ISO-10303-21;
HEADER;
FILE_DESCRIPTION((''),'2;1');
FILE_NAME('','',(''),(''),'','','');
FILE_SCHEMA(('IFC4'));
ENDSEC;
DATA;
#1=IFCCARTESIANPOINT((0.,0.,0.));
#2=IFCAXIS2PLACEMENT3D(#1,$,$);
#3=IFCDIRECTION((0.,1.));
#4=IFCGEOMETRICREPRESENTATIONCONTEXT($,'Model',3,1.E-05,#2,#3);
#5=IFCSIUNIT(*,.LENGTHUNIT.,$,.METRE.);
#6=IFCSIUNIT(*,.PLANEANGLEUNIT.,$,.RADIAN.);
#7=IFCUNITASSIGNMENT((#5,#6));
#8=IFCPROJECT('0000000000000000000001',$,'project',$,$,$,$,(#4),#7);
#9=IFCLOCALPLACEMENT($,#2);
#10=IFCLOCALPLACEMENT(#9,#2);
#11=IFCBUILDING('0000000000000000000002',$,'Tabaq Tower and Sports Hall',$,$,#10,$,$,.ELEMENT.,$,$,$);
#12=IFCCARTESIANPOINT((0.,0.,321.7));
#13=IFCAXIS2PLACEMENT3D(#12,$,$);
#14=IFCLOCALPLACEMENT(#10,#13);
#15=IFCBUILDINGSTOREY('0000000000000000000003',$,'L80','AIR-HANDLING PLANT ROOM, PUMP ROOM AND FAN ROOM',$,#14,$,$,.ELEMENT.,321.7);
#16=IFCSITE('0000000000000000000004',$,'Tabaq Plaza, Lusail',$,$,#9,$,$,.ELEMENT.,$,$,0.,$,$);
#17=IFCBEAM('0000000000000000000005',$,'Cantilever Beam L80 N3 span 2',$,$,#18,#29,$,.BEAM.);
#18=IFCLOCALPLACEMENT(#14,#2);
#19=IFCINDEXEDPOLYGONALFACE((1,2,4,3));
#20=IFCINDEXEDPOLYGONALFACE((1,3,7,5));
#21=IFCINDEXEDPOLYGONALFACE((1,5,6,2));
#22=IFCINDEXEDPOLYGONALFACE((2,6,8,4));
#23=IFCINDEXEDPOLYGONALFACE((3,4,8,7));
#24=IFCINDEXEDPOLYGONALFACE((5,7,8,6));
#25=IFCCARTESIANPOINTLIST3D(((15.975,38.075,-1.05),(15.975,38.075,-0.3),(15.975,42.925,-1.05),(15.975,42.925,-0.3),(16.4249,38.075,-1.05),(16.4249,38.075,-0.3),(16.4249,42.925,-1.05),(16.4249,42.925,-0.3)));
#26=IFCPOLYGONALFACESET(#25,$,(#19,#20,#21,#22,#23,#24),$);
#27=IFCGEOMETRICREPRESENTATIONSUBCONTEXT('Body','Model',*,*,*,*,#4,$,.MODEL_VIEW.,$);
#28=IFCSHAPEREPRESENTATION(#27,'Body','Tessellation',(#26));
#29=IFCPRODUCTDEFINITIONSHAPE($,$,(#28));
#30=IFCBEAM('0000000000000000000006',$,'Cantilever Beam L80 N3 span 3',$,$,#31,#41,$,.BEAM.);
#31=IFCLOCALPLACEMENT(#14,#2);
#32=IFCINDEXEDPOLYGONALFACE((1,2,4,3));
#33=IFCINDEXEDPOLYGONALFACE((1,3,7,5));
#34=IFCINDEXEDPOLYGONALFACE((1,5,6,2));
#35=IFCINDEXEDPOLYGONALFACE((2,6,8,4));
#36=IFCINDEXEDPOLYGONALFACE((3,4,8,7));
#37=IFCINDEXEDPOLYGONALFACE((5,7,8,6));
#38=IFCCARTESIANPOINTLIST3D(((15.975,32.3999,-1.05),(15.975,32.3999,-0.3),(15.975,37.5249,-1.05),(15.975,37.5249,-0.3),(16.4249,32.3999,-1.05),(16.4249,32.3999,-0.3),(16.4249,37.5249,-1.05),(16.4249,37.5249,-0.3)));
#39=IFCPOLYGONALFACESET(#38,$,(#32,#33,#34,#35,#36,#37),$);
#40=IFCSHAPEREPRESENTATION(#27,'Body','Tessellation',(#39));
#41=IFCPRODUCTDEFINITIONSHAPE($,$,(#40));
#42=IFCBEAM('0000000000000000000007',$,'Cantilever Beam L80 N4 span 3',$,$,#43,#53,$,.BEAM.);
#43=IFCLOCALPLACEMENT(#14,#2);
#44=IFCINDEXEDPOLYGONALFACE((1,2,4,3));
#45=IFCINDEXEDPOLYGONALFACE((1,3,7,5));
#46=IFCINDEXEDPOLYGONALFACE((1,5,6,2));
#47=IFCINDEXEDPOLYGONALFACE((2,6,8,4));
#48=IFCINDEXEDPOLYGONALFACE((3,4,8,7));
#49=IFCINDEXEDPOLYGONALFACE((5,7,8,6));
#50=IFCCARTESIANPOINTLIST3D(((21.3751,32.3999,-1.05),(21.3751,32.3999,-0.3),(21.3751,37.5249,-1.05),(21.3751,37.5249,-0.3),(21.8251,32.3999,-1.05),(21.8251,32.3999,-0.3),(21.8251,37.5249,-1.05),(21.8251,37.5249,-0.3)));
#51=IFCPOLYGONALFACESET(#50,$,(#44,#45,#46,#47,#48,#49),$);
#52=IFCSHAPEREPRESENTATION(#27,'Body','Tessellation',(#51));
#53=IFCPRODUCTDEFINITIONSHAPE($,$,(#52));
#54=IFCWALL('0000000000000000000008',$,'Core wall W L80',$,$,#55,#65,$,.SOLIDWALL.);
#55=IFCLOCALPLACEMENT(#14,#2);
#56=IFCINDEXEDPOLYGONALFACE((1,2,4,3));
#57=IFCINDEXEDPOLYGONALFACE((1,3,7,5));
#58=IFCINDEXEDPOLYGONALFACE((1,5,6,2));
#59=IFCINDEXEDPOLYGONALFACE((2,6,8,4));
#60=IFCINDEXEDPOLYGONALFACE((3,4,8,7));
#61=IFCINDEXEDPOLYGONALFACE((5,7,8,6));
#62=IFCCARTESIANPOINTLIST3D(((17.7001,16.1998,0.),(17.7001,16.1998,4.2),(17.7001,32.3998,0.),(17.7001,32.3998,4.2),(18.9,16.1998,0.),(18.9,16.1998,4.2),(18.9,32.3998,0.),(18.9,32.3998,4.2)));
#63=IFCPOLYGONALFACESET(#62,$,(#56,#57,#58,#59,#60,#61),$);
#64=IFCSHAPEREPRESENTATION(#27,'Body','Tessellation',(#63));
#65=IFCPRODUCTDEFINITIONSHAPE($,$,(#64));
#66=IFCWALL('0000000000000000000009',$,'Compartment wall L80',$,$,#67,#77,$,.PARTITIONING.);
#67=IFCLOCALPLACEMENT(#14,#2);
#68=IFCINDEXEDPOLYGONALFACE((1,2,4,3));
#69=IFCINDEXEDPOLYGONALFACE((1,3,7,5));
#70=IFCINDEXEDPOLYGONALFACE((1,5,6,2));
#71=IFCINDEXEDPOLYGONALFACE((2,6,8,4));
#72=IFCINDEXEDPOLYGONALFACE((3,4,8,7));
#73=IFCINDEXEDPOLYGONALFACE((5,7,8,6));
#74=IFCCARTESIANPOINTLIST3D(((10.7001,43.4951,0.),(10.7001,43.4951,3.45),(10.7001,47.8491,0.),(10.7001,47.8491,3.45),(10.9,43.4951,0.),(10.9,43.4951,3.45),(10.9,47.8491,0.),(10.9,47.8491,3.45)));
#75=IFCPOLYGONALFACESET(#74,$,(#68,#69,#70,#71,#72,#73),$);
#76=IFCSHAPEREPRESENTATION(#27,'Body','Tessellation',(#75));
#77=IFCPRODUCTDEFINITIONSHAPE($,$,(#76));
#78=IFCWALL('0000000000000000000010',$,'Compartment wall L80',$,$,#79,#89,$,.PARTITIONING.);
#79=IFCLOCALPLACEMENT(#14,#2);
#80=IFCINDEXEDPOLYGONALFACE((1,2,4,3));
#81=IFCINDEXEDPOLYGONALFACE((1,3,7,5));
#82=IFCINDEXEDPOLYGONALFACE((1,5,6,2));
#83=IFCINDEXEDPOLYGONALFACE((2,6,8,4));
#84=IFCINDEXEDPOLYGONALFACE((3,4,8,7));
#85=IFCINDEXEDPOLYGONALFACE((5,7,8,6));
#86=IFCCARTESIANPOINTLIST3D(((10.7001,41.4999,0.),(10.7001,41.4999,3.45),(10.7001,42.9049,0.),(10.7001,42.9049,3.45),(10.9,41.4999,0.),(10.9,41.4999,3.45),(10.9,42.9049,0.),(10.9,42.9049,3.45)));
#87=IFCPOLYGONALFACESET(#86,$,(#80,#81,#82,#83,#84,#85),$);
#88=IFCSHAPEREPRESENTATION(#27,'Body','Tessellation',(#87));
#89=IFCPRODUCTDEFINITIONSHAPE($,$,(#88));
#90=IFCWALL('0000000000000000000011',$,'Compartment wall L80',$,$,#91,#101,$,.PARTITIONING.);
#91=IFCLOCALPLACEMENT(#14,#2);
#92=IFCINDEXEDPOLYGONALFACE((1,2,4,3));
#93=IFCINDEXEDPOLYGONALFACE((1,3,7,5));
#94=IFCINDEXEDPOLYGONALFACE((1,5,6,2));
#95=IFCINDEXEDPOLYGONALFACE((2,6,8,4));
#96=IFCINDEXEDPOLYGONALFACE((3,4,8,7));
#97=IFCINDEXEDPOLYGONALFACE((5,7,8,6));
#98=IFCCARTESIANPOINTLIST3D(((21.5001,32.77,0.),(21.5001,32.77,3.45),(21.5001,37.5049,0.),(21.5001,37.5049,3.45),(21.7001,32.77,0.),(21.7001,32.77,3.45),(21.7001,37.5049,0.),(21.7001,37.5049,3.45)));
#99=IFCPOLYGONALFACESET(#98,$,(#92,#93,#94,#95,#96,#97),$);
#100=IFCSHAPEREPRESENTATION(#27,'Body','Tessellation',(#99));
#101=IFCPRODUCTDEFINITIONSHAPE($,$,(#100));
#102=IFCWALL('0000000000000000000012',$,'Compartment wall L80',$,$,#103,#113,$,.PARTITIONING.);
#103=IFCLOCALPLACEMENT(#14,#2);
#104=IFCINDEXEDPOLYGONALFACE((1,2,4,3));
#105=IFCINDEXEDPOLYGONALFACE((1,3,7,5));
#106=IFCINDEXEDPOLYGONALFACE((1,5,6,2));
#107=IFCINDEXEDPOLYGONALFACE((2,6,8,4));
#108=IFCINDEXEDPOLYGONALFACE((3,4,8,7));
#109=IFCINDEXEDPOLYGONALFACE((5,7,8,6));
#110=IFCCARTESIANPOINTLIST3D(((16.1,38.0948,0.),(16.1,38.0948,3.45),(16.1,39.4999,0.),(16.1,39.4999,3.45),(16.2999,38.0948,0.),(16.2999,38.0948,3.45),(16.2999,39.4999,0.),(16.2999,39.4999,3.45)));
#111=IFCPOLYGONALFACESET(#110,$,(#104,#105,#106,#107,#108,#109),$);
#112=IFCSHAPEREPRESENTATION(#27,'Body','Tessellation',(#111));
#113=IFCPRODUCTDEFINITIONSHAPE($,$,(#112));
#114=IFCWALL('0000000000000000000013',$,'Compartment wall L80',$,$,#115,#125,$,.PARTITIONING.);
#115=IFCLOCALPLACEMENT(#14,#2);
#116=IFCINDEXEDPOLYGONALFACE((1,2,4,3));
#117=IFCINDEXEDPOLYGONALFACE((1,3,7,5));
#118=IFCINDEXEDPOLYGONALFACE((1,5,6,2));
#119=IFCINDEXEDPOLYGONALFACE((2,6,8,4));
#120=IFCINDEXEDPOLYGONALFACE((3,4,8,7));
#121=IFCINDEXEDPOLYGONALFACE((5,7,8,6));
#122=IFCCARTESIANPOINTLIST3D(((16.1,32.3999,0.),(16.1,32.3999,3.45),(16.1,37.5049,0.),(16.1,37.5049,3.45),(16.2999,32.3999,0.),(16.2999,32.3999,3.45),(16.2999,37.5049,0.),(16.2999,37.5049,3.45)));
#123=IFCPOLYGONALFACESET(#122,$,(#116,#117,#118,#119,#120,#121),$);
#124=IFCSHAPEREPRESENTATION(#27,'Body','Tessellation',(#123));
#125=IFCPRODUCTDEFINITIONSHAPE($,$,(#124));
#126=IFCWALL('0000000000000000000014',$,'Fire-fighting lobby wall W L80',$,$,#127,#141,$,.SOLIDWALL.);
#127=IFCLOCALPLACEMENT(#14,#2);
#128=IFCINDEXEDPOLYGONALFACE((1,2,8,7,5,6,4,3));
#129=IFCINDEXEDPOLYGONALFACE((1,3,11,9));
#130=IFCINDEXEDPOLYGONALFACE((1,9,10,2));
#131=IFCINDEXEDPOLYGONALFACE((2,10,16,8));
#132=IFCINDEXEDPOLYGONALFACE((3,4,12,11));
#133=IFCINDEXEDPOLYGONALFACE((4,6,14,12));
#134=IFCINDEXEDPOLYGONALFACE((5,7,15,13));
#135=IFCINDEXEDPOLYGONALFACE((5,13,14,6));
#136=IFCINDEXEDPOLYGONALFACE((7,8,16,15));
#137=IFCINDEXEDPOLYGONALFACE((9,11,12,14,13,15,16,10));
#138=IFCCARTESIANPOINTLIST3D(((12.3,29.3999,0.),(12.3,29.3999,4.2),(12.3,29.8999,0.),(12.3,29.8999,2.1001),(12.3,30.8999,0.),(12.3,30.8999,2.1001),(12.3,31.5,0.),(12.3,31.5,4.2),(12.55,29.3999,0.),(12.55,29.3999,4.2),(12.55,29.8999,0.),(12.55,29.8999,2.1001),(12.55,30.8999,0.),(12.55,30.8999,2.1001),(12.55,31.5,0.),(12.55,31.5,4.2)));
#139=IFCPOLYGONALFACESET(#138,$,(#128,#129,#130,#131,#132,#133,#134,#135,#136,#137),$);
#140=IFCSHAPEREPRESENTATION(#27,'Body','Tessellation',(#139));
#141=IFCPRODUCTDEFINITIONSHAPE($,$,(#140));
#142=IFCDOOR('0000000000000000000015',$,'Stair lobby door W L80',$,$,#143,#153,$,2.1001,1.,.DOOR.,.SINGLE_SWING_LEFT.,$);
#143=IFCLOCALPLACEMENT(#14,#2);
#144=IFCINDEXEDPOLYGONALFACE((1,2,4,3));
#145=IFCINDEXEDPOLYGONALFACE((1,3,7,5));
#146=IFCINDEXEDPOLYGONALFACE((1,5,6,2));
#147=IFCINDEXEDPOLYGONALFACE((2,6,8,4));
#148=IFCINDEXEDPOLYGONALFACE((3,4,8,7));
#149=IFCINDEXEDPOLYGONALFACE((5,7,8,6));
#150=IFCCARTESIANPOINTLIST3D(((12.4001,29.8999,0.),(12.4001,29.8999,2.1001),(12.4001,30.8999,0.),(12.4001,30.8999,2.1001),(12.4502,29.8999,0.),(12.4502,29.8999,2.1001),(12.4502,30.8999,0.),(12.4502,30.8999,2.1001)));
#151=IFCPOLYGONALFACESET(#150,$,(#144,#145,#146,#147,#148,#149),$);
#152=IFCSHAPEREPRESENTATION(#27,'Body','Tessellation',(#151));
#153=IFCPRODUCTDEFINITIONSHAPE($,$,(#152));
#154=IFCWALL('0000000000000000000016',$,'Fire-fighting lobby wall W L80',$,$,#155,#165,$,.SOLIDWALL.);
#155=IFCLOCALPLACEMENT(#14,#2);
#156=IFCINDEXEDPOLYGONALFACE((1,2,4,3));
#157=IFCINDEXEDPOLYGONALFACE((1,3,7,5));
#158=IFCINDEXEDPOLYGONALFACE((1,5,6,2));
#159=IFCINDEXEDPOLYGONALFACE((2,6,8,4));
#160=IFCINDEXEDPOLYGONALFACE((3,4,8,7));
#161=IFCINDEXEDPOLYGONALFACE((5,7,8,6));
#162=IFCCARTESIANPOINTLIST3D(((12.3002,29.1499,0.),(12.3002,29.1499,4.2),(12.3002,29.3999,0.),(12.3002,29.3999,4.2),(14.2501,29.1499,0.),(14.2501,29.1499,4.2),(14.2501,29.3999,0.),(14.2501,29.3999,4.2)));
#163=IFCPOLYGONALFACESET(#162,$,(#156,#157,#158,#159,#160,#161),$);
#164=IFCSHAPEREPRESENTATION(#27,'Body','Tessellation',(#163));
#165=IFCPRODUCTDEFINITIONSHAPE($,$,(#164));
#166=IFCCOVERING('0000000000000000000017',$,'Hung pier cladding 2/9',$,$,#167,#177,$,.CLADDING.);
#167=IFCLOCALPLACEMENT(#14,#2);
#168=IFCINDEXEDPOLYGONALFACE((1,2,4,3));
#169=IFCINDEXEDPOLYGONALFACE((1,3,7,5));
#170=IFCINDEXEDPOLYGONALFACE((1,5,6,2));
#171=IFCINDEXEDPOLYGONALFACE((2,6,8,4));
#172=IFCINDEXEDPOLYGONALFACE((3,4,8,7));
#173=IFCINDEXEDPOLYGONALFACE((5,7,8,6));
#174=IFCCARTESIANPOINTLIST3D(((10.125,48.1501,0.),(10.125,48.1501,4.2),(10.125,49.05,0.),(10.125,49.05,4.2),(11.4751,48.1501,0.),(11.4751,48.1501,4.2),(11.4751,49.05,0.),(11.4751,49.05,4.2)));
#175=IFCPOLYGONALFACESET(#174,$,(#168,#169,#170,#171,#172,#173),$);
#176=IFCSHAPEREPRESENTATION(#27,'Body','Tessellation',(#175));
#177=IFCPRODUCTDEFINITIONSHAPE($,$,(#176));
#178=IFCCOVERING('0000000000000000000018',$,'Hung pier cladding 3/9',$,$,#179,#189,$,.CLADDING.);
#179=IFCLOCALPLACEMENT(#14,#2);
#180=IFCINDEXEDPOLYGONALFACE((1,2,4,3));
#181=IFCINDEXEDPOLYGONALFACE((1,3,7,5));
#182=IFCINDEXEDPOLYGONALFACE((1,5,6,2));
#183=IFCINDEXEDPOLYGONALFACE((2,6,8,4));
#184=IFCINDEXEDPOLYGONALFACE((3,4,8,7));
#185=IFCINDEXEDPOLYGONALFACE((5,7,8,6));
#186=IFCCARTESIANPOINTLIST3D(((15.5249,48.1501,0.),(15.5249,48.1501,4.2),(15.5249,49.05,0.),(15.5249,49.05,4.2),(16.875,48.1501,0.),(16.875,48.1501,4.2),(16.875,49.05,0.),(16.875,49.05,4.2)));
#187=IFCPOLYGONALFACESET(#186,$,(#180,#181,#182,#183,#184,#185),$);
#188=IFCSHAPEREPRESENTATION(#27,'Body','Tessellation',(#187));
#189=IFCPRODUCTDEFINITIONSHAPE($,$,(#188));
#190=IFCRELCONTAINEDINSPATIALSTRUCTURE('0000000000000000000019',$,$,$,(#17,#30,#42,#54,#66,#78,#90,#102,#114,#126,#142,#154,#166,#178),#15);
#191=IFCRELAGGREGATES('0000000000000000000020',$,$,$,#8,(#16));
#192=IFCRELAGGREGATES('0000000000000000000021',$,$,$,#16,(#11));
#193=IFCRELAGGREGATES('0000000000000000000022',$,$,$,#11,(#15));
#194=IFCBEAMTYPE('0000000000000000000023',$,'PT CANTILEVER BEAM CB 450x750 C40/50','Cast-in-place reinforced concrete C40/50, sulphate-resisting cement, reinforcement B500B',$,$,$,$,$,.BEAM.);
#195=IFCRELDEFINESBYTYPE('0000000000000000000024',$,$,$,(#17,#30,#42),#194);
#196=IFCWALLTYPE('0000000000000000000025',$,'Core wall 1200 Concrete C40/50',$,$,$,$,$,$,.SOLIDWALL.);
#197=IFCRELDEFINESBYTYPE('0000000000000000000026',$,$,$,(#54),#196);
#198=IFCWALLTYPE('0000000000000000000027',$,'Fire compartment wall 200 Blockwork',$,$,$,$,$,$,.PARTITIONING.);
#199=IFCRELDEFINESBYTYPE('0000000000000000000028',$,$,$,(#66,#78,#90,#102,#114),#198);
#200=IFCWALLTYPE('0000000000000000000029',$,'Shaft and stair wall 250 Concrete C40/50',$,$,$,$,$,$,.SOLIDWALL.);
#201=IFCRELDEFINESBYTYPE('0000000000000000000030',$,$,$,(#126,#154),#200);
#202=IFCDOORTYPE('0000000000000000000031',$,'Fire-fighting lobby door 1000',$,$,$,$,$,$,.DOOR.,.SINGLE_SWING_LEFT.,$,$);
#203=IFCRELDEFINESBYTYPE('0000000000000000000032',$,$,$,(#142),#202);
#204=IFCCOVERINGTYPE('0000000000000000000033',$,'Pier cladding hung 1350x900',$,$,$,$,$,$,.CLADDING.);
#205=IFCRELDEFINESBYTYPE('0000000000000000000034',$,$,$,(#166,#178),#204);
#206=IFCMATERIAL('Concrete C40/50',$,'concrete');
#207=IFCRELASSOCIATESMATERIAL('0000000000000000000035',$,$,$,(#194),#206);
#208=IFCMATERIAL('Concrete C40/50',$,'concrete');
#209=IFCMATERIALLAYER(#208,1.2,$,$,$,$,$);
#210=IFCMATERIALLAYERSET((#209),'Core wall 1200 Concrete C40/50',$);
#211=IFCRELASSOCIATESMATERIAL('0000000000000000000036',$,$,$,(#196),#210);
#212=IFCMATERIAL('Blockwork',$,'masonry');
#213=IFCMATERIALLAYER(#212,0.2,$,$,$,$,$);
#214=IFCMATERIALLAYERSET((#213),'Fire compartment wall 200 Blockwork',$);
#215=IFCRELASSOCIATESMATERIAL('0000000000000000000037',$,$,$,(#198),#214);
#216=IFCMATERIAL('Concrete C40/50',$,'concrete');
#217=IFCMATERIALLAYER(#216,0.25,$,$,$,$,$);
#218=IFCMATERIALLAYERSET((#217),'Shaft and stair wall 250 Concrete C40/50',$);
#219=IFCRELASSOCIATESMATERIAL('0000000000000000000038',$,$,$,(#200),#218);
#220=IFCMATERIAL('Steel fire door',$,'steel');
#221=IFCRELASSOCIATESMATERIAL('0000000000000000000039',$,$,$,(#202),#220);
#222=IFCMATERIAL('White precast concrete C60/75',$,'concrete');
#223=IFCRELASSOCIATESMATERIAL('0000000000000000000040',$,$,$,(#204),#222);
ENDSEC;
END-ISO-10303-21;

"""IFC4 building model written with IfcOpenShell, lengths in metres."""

from ifc_helpers import new_model, si_unit, direction, frame, frame_2d, origin, origin_2d, place, context, subcontext, project, spatial, rectangle, extrude, material, layer, layer_set, material_profile, profile_set, type_object, element, fill, save


model = new_model("IFC4")

# Units and contexts
model_context = context("Model", 3, precision=1e-05, world=origin(), true_north=direction((0.0, 1.0)))
body_context = subcontext(model_context, "Body", "Model", "MODEL_VIEW")
ifc_project = project(units=[si_unit("LENGTHUNIT", "METRE"), si_unit("PLANEANGLEUNIT", "RADIAN")], contexts=[model_context])

# Site, building, storey
site_placement = place(None, origin())
site = spatial("IfcSite", under=ifc_project, at=site_placement, Name="Tabaq Plaza, Lusail", CompositionType="ELEMENT", RefElevation=0.0)
building_placement = place(site_placement, origin())
building = spatial("IfcBuilding", under=site, at=building_placement, Name="Tabaq Tower and Sports Hall", CompositionType="ELEMENT")
storey_placement = place(building_placement, frame((0.0, 0.0, 321.7)))
storey = spatial("IfcBuildingStorey", under=building, at=storey_placement, Name="L80", Description="AIR-HANDLING PLANT ROOM, PUMP ROOM AND FAN ROOM", CompositionType="ELEMENT", Elevation=321.7)

# Beams
ifc_material_1 = material(Name="Concrete C40/50", Category="concrete")
ifc_material_profile_1 = material_profile(ifc_material_1, rectangle(XDim=0.45, YDim=0.75, at=origin_2d()), Name="CB 450x750")
ifc_profile_set_1 = profile_set([ifc_material_profile_1], Name="Concrete C40/50")
beam_type = type_object("IfcBeamType", Name="PT CANTILEVER BEAM CB 450x750 C40/50", Description="Cast-in-place reinforced concrete C40/50, sulphate-resisting cement, reinforcement B500B", PredefinedType="BEAM", material=ifc_profile_set_1)
beam_1_placement = place(storey_placement, frame((16.2, 42.925, -0.675), z_axis=(0.0, -1.0, 0.0), x_axis=(1.0, 0.0, 0.0)))
element("IfcBeam", 1, at=beam_1_placement, inside=storey, type_object=beam_type, Name="Cantilever Beam L80 N3 span 2", PredefinedType="BEAM", context=body_context, shape_type="SweptSolid", body=[
    extrude(rectangle(XDim=0.45, YDim=0.75, at=origin_2d()), origin(), (0.0, 0.0, 1.0), 4.8501),
])
for number, where, z_axis, x_axis, name in (
    (2, (16.2, 37.5249, -0.675), (0.0, -1.0, 0.0), (1.0, 0.0, 0.0), "Cantilever Beam L80 N3 span 3"),
    (3, (21.6001, 37.5249, -0.675), (0.0, -1.0, 0.0), (1.0, 0.0, 0.0), "Cantilever Beam L80 N4 span 3"),
):
    element("IfcBeam", number, at=place(storey_placement, frame(where, z_axis=z_axis, x_axis=x_axis)), inside=storey, type_object=beam_type, Name=name, PredefinedType="BEAM", context=body_context, shape_type="SweptSolid", body=[
        extrude(rectangle(XDim=0.45, YDim=0.75, at=origin_2d()), origin(), (0.0, 0.0, 1.0), 5.125),
    ])

# Walls
ifc_material_2 = material(Name="Concrete C40/50", Category="concrete")
ifc_layer_1 = layer(ifc_material_2, 1.2)
ifc_layer_set_1 = layer_set([ifc_layer_1], Name="Core wall 1200 Concrete C40/50")
wall_type_1 = type_object("IfcWallType", Name="Core wall 1200 Concrete C40/50", PredefinedType="SOLIDWALL", material=ifc_layer_set_1)
wall_1_placement = place(storey_placement, frame((18.3, 32.3999, 0.0), z_axis=(0.0, 0.0, 1.0), x_axis=(0.0, -1.0, 0.0)))
element("IfcWall", 4, at=wall_1_placement, inside=storey, type_object=wall_type_1, Name="Core wall W L80", PredefinedType="SOLIDWALL", context=body_context, shape_type="SweptSolid", body=[
    extrude(rectangle(XDim=16.2, YDim=1.2, at=frame_2d((8.1001, 0.0))), origin(), (0.0, 0.0, 1.0), 4.2),
])
ifc_material_3 = material(Name="Blockwork", Category="masonry")
ifc_layer_2 = layer(ifc_material_3, 0.2)
ifc_layer_set_2 = layer_set([ifc_layer_2], Name="Fire compartment wall 200 Blockwork")
wall_type_2 = type_object("IfcWallType", Name="Fire compartment wall 200 Blockwork", PredefinedType="PARTITIONING", material=ifc_layer_set_2)
wall_2_placement = place(storey_placement, frame((10.8, 47.8491, 0.0), z_axis=(0.0, 0.0, 1.0), x_axis=(0.0, -1.0, 0.0)))
element("IfcWall", 5, at=wall_2_placement, inside=storey, type_object=wall_type_2, Name="Compartment wall L80", PredefinedType="PARTITIONING", context=body_context, shape_type="SweptSolid", body=[
    extrude(rectangle(XDim=4.354, YDim=0.2, at=frame_2d((2.177, 0.0))), origin(), (0.0, 0.0, 1.0), 3.45),
])
wall_3_placement = place(storey_placement, frame((10.8, 42.905, 0.0), z_axis=(0.0, 0.0, 1.0), x_axis=(0.0, -1.0, 0.0)))
element("IfcWall", 6, at=wall_3_placement, inside=storey, type_object=wall_type_2, Name="Compartment wall L80", PredefinedType="PARTITIONING", context=body_context, shape_type="SweptSolid", body=[
    extrude(rectangle(XDim=1.405, YDim=0.2, at=frame_2d((0.7026, 0.0))), origin(), (0.0, 0.0, 1.0), 3.45),
])
wall_4_placement = place(storey_placement, frame((21.6001, 37.5049, 0.0), z_axis=(0.0, 0.0, 1.0), x_axis=(0.0, -1.0, 0.0)))
element("IfcWall", 7, at=wall_4_placement, inside=storey, type_object=wall_type_2, Name="Compartment wall L80", PredefinedType="PARTITIONING", context=body_context, shape_type="SweptSolid", body=[
    extrude(rectangle(XDim=4.7349, YDim=0.2, at=frame_2d((2.3674, 0.0))), origin(), (0.0, 0.0, 1.0), 3.45),
])
wall_5_placement = place(storey_placement, frame((16.2, 39.5, 0.0), z_axis=(0.0, 0.0, 1.0), x_axis=(0.0, -1.0, 0.0)))
element("IfcWall", 8, at=wall_5_placement, inside=storey, type_object=wall_type_2, Name="Compartment wall L80", PredefinedType="PARTITIONING", context=body_context, shape_type="SweptSolid", body=[
    extrude(rectangle(XDim=1.405, YDim=0.2, at=frame_2d((0.7026, 0.0))), origin(), (0.0, 0.0, 1.0), 3.45),
])
wall_6_placement = place(storey_placement, frame((16.2, 37.5049, 0.0), z_axis=(0.0, 0.0, 1.0), x_axis=(0.0, -1.0, 0.0)))
element("IfcWall", 9, at=wall_6_placement, inside=storey, type_object=wall_type_2, Name="Compartment wall L80", PredefinedType="PARTITIONING", context=body_context, shape_type="SweptSolid", body=[
    extrude(rectangle(XDim=5.105, YDim=0.2, at=frame_2d((2.5525, 0.0))), origin(), (0.0, 0.0, 1.0), 3.45),
])

# Wall, opening, door
ifc_material_4 = material(Name="Concrete C40/50", Category="concrete")
ifc_layer_3 = layer(ifc_material_4, 0.25)
ifc_layer_set_3 = layer_set([ifc_layer_3], Name="Shaft and stair wall 250 Concrete C40/50")
wall_type_3 = type_object("IfcWallType", Name="Shaft and stair wall 250 Concrete C40/50", PredefinedType="SOLIDWALL", material=ifc_layer_set_3)
wall_7_placement = place(storey_placement, frame((12.425, 29.3999, 0.0), z_axis=(0.0, 0.0, 1.0), x_axis=(0.0, 1.0, 0.0)))
wall_7 = element("IfcWall", 10, at=wall_7_placement, inside=storey, type_object=wall_type_3, Name="Fire-fighting lobby wall W L80", PredefinedType="SOLIDWALL", context=body_context, shape_type="SweptSolid", body=[
    extrude(rectangle(XDim=2.1001, YDim=0.25, at=frame_2d((1.05, 0.0))), origin(), (0.0, 0.0, 1.0), 4.2),
])
opening_placement = place(wall_7_placement, frame((0.5, 0.0, 0.0)))
opening = element("IfcOpeningElement", 11, at=opening_placement, cuts=wall_7, PredefinedType="OPENING", context=body_context, shape_type="SweptSolid", body=[
    extrude(rectangle(XDim=1.0, YDim=2.1001, at=frame_2d((0.5, 1.05))), frame((0.0, 0.125, 0.0), z_axis=(0.0, -1.0, 0.0), x_axis=(1.0, 0.0, 0.0)), (0.0, 0.0, 1.0), 0.25),
])
ifc_material_5 = material(Name="Steel fire door", Category="steel")
door_type = type_object("IfcDoorType", Name="Fire-fighting lobby door 1000", OperationType="SINGLE_SWING_LEFT", PredefinedType="DOOR", material=ifc_material_5)
door_placement = place(opening_placement, origin())
door = element("IfcDoor", 12, at=door_placement, inside=storey, type_object=door_type, Name="Stair lobby door W L80", OperationType="SINGLE_SWING_LEFT", OverallHeight=2.1001, OverallWidth=1.0, PredefinedType="DOOR", context=body_context, shape_type="SweptSolid", body=[
    extrude(rectangle(XDim=1.0, YDim=2.1001, at=frame_2d((0.5, 1.05))), frame((0.0, 0.0249, 0.0), z_axis=(0.0, -1.0, 0.0), x_axis=(1.0, 0.0, 0.0)), (0.0, 0.0, 1.0), 0.05),
])
fill(opening, door)

# Wall
wall_8_placement = place(storey_placement, frame((12.3, 29.2749, 0.0), z_axis=(0.0, 0.0, 1.0), x_axis=(1.0, 0.0, 0.0)))
element("IfcWall", 13, at=wall_8_placement, inside=storey, type_object=wall_type_3, Name="Fire-fighting lobby wall W L80", PredefinedType="SOLIDWALL", context=body_context, shape_type="SweptSolid", body=[
    extrude(rectangle(XDim=1.95, YDim=0.25, at=frame_2d((0.9751, 0.0))), origin(), (0.0, 0.0, 1.0), 4.2),
])

# Coverings
ifc_material_6 = material(Name="White precast concrete C60/75", Category="concrete")
covering_type_1 = type_object("IfcCoveringType", Name="Pier cladding hung 1350x900", PredefinedType="CLADDING", material=ifc_material_6)
for number, where, z_axis, x_axis, name in (
    (14, (11.4751, 48.6001, 0.0), (0.0, 0.0, 1.0), (-1.0, 0.0, 0.0), "Hung pier cladding 2/9"),
    (15, (16.875, 48.6001, 0.0), (0.0, 0.0, 1.0), (-1.0, 0.0, 0.0), "Hung pier cladding 3/9"),
):
    element("IfcCovering", number, at=place(storey_placement, frame(where, z_axis=z_axis, x_axis=x_axis)), inside=storey, type_object=covering_type_1, Name=name, PredefinedType="CLADDING", context=body_context, shape_type="SweptSolid", body=[
        extrude(rectangle(XDim=1.3501, YDim=0.8999, at=frame_2d((0.675, 0.0))), origin(), (0.0, 0.0, 1.0), 4.2),
    ])

save(model, "model.ifc")
